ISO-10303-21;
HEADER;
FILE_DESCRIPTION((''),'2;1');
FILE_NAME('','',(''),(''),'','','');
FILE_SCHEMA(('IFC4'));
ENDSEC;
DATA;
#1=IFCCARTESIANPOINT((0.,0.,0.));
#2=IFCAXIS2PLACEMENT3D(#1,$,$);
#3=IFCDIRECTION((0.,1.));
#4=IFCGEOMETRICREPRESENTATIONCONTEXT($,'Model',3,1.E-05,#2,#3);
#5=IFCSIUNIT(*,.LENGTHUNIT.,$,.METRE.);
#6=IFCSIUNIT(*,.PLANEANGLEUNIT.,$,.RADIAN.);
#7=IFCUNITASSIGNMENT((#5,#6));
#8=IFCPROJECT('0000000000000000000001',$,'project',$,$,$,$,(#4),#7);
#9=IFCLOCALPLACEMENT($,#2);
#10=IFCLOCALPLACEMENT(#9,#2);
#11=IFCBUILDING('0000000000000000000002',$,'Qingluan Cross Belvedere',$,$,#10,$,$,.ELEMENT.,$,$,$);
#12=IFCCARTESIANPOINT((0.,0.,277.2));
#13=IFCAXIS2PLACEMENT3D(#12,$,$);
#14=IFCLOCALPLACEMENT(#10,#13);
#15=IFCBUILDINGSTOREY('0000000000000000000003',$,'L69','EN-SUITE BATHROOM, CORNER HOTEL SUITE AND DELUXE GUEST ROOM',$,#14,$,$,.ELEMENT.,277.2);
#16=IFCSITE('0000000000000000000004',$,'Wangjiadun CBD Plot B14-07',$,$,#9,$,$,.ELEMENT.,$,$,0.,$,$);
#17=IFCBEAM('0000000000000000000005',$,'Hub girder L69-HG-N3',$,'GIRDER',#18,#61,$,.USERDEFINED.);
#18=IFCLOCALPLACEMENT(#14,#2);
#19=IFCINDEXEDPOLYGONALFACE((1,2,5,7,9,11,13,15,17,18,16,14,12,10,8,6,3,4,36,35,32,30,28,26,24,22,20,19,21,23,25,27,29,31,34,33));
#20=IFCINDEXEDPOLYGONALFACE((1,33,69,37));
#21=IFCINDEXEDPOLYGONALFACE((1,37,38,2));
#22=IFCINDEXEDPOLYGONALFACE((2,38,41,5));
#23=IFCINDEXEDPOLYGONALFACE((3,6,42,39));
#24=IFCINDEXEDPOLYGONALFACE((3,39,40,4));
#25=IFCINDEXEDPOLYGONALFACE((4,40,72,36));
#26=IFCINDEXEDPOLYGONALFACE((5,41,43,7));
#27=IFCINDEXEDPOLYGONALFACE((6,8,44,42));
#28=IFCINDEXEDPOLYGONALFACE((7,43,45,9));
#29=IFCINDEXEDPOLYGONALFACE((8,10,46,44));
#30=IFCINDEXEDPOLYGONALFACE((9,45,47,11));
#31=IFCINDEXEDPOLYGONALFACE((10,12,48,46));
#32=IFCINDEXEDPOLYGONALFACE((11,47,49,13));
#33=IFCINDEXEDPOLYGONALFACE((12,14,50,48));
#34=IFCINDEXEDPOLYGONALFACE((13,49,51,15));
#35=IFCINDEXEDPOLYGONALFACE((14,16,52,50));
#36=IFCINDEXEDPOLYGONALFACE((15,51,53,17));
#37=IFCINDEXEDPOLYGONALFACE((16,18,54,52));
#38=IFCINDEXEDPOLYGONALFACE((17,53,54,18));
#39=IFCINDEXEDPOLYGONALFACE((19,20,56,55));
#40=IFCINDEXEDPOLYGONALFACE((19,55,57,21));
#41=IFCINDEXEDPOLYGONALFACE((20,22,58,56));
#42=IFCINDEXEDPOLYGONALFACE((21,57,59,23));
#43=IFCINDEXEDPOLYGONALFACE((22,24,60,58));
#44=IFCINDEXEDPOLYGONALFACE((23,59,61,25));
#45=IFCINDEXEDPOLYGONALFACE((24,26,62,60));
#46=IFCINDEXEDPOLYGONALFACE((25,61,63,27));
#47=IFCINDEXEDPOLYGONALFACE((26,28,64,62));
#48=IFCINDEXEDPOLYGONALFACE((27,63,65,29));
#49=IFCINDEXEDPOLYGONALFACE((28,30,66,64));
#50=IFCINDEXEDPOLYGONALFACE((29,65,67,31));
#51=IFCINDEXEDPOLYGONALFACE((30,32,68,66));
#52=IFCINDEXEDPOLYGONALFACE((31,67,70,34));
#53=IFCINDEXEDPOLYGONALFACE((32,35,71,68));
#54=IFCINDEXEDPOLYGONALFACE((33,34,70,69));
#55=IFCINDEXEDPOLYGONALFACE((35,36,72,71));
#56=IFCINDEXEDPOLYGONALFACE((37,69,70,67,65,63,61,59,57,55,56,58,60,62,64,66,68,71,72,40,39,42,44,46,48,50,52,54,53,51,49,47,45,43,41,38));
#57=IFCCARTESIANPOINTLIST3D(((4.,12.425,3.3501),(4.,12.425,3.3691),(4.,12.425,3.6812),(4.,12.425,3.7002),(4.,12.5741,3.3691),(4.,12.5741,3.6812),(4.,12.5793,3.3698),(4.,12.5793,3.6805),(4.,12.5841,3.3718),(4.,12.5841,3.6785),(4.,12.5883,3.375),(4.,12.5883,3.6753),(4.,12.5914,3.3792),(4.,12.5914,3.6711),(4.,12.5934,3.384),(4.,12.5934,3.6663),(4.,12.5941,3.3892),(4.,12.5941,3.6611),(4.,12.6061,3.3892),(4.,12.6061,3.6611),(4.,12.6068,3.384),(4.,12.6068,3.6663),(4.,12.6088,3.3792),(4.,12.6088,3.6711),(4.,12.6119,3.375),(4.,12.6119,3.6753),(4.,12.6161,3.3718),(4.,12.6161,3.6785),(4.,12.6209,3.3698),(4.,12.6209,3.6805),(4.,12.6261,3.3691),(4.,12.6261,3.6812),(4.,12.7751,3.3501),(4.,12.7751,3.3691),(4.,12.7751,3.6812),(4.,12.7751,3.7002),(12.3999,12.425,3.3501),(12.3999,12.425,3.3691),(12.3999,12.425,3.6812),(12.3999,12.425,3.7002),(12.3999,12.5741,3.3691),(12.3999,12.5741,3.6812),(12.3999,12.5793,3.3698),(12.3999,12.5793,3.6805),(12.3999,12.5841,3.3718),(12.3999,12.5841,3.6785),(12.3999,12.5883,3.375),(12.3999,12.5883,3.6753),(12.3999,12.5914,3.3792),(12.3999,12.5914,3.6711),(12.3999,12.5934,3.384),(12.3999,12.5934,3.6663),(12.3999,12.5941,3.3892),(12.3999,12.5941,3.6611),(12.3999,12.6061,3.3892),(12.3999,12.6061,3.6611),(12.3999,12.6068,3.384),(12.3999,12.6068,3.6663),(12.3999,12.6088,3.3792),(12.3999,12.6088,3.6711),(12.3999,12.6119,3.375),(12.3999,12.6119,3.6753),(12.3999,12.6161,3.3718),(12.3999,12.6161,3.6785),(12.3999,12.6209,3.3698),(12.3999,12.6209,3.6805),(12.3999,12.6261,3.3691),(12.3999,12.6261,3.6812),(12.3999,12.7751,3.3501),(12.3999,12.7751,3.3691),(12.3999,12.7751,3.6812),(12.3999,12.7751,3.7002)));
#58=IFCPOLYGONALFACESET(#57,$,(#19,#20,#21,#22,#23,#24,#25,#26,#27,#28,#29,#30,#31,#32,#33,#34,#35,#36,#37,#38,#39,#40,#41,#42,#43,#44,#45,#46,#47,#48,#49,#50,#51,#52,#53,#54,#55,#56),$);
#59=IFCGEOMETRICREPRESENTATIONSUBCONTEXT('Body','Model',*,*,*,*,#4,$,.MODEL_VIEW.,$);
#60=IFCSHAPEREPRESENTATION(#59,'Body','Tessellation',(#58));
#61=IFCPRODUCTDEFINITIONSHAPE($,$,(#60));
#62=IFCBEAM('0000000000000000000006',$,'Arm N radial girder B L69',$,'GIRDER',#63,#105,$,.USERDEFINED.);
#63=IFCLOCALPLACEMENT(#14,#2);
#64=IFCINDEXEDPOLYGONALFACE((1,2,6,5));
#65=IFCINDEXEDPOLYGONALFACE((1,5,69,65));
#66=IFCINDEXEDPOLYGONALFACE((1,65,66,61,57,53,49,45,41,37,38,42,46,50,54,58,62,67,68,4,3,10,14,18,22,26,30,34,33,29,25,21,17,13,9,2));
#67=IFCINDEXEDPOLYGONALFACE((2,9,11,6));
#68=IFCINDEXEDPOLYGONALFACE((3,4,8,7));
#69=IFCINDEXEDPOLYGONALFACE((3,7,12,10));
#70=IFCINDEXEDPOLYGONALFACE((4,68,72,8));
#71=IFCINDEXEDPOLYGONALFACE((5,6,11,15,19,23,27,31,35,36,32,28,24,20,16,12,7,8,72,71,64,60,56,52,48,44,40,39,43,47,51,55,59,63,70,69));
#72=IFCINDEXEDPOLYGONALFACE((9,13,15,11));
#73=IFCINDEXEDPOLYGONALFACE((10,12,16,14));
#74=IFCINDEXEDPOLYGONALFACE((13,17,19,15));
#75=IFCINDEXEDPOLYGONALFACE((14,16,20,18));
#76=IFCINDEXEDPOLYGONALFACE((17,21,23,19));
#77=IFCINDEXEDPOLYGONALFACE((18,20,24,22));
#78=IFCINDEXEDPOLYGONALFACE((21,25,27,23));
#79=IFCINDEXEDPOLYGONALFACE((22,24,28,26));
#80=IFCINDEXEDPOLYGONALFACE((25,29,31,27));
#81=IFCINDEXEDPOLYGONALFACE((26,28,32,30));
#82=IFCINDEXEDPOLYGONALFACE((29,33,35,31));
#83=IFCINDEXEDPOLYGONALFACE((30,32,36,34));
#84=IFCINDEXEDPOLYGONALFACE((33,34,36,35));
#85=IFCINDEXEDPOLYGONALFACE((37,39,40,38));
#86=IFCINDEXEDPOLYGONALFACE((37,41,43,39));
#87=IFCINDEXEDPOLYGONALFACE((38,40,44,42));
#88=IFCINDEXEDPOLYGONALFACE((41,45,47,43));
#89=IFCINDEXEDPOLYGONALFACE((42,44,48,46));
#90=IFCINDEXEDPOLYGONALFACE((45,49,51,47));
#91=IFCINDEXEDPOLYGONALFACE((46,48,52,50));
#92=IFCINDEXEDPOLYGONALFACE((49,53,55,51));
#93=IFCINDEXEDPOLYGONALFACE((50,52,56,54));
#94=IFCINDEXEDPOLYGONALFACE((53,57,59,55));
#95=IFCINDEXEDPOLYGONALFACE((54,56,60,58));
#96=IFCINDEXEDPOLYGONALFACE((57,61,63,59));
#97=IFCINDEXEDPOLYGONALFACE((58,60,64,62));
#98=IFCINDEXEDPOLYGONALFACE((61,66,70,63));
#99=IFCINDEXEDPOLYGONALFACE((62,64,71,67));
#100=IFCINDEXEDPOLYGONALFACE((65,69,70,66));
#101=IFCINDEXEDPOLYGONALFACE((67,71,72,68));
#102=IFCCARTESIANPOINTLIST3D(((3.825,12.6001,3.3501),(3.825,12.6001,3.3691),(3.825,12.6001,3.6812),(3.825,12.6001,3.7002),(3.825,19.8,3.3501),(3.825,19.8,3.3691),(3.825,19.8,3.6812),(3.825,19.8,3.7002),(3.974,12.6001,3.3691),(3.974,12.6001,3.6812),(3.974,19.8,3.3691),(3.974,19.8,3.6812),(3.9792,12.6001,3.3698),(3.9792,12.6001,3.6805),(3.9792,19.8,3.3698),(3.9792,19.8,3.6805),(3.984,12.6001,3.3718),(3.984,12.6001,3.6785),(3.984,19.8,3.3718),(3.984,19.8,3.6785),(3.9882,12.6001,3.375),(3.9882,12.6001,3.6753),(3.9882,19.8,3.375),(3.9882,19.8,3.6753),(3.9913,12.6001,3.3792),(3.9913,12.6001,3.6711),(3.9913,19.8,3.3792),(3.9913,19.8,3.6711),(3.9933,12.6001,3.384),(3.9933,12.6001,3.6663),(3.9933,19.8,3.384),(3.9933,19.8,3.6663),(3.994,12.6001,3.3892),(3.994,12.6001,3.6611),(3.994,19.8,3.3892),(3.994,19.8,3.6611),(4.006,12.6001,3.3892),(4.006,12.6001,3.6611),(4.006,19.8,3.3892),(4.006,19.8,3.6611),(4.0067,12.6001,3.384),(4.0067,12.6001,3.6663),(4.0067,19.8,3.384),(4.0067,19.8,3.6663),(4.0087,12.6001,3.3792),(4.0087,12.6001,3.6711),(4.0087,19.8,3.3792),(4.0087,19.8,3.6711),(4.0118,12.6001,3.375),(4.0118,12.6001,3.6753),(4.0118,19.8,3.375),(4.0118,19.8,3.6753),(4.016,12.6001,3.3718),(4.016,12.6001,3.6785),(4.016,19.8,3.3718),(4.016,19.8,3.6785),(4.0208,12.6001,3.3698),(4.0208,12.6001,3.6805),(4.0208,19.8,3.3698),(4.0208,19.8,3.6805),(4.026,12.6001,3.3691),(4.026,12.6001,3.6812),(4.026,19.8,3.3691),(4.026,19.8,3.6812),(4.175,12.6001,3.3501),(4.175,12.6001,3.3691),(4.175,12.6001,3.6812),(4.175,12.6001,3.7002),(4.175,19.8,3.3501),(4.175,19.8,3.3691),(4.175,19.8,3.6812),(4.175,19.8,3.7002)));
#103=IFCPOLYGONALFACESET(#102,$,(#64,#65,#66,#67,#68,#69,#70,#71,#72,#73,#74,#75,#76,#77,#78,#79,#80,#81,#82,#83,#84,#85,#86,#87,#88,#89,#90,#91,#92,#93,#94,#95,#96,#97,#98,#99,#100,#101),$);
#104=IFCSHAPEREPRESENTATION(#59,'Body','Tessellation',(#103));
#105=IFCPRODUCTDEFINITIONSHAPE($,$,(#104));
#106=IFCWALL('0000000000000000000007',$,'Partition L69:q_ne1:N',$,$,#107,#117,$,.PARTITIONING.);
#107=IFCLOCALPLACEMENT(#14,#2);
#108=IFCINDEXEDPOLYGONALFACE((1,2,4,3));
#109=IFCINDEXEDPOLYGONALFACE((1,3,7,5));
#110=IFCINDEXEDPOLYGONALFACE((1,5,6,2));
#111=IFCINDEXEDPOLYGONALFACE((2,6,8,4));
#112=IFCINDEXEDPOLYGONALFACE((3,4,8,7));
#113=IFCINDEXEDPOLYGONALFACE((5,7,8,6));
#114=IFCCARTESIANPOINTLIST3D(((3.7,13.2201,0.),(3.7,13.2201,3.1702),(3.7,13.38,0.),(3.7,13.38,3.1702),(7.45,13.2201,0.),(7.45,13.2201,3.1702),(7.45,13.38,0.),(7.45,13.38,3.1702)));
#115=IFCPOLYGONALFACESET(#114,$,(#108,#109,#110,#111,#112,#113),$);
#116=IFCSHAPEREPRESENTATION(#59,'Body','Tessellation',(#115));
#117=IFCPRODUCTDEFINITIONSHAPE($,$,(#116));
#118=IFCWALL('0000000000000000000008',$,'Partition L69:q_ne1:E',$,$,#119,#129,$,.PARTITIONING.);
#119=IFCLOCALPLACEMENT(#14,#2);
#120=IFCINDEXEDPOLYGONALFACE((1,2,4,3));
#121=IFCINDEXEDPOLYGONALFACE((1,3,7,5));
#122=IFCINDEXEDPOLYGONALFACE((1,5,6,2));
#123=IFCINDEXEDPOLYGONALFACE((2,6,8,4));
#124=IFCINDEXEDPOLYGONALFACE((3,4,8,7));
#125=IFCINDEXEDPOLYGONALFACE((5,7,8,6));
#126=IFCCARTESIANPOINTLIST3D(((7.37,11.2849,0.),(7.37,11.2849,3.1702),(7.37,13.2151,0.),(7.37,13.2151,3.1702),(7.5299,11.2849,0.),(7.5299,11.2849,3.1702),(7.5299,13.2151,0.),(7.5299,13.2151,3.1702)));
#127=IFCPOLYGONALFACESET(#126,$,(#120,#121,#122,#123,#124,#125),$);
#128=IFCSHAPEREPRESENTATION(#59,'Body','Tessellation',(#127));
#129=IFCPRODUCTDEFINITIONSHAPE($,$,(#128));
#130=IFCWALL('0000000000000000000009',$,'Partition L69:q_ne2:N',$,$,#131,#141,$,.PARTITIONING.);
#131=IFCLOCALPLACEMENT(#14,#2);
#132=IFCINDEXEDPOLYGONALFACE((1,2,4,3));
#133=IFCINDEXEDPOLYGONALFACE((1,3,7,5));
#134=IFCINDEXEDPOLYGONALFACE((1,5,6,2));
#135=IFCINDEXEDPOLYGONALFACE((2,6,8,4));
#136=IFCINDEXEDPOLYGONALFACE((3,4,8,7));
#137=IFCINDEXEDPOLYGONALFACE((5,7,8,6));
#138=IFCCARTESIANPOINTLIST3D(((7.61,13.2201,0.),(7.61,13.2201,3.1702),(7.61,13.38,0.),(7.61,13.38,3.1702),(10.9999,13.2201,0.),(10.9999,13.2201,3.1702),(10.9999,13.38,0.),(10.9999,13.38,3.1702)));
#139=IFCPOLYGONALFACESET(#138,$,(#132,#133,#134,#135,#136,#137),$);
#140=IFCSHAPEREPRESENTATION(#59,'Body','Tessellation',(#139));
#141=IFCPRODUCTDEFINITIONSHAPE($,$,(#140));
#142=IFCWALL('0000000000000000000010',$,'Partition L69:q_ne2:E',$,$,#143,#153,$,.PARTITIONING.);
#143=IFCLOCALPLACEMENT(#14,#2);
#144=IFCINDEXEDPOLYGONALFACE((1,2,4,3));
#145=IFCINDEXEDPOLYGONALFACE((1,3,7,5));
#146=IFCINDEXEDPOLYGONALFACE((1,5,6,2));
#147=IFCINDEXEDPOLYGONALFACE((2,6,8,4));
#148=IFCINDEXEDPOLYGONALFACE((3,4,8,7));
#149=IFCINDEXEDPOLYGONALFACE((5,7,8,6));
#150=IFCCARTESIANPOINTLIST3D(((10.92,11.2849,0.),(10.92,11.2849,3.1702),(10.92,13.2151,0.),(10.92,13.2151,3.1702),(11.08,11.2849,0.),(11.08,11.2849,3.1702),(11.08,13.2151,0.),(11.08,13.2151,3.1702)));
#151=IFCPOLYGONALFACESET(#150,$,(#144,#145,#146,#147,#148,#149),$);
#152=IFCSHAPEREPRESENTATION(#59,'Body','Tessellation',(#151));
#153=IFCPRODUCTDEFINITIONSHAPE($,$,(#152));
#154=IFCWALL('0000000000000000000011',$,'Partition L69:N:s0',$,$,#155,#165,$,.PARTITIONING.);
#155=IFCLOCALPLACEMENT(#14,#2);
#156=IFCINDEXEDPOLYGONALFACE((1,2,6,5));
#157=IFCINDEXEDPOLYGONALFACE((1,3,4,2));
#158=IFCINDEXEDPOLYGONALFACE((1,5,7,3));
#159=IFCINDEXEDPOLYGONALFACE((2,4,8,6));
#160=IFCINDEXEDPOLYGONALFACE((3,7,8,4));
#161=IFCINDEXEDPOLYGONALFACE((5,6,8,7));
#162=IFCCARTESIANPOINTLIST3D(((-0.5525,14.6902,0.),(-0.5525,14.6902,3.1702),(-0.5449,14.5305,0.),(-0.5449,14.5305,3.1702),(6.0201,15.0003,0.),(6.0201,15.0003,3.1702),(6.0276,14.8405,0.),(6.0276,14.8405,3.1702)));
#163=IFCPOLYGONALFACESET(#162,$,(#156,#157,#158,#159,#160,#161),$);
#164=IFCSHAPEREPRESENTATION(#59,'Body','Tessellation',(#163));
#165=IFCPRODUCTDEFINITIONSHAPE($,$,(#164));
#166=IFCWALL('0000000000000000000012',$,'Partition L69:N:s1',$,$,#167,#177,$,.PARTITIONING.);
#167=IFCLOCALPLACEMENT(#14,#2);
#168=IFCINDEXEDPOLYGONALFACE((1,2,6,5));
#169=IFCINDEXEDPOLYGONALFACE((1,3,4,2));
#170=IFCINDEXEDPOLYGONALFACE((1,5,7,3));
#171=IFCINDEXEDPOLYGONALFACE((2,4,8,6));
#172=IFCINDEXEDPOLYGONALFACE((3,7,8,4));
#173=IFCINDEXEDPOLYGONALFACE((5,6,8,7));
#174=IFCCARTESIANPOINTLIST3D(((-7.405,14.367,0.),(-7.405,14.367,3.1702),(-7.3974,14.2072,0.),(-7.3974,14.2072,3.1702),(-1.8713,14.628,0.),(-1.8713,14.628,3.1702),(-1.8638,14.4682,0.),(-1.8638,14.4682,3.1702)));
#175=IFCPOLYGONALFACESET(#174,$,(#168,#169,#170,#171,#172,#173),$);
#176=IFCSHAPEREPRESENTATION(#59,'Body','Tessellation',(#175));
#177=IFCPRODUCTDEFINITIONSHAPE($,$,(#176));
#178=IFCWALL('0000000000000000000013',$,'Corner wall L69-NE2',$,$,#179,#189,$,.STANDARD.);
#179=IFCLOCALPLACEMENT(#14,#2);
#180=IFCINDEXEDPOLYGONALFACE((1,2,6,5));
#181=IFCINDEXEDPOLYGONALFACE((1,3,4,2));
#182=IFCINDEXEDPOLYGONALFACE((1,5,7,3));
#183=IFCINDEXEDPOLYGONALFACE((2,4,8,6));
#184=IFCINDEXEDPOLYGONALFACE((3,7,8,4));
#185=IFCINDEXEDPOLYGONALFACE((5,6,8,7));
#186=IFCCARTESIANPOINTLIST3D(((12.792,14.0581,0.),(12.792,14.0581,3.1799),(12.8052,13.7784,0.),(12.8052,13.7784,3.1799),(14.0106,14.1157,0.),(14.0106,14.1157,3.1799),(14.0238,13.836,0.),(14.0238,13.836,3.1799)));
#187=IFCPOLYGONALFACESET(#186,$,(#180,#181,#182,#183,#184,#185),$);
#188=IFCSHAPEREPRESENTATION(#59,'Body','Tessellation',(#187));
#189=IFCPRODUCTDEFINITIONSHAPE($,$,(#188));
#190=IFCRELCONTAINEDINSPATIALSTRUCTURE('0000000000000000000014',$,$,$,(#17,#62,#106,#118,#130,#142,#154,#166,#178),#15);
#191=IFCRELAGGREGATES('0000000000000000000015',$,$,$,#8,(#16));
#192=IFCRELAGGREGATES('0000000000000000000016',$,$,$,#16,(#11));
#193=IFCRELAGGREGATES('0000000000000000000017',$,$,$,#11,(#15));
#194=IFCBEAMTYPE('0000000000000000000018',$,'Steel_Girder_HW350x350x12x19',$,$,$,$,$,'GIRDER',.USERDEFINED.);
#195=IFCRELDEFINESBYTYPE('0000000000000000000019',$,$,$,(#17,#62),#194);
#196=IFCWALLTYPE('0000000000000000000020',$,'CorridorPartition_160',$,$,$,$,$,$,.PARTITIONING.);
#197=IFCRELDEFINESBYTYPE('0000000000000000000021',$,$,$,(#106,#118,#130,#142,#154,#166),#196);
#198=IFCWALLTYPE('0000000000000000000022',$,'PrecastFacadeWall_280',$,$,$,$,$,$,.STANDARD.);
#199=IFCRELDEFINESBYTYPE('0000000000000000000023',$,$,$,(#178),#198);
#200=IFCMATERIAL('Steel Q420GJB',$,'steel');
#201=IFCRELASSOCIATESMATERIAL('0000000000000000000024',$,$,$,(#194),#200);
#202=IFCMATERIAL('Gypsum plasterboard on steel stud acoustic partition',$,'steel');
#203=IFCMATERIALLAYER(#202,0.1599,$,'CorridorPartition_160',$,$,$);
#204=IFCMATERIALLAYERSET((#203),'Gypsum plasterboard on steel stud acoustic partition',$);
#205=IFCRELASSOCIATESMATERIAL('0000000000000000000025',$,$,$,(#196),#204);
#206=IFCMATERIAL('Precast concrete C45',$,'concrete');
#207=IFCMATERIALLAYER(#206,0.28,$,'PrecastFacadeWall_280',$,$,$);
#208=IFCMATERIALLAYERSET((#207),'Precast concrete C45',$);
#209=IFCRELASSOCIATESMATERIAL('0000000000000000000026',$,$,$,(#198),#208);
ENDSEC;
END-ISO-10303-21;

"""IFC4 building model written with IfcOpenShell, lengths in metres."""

from ifc_helpers import new_model, si_unit, direction, frame, frame_2d, origin, origin_2d, place, context, subcontext, project, spatial, rectangle, i_section, extrude, material, layer, layer_set, material_profile, profile_set, type_object, element, save


model = new_model("IFC4")

# Units and contexts
model_context = context("Model", 3, precision=1e-05, world=origin(), true_north=direction((0.0, 1.0)))
body_context = subcontext(model_context, "Body", "Model", "MODEL_VIEW")
ifc_project = project(units=[si_unit("LENGTHUNIT", "METRE"), si_unit("PLANEANGLEUNIT", "RADIAN")], contexts=[model_context])

# Site, building, storey
site_placement = place(None, origin())
site = spatial("IfcSite", under=ifc_project, at=site_placement, Name="Wangjiadun CBD Plot B14-07", CompositionType="ELEMENT", RefElevation=0.0)
building_placement = place(site_placement, origin())
building = spatial("IfcBuilding", under=site, at=building_placement, Name="Qingluan Cross Belvedere", CompositionType="ELEMENT")
storey_placement = place(building_placement, frame((0.0, 0.0, 277.2)))
storey = spatial("IfcBuildingStorey", under=building, at=storey_placement, Name="L69", Description="EN-SUITE BATHROOM, CORNER HOTEL SUITE AND DELUXE GUEST ROOM", CompositionType="ELEMENT", Elevation=277.2)

# Beams
ifc_material_1 = material(Name="Steel Q420GJB", Category="steel")
ifc_material_profile_1 = material_profile(ifc_material_1, i_section(OverallWidth=0.3501, OverallDepth=0.3501, WebThickness=0.012, FlangeThickness=0.019, FilletRadius=0.02, at=origin_2d()), Name="HW350x350x12x19")
ifc_profile_set_1 = profile_set([ifc_material_profile_1], Name="Steel Q420GJB")
beam_type_1 = type_object("IfcBeamType", Name="Steel_Girder_HW350x350x12x19", ElementType="GIRDER", PredefinedType="USERDEFINED", material=ifc_profile_set_1)
beam_1_placement = place(storey_placement, frame((4.0, 12.6001, 3.5251), z_axis=(1.0, 0.0, 0.0), x_axis=(0.0, 1.0, 0.0)))
element("IfcBeam", 1, at=beam_1_placement, inside=storey, type_object=beam_type_1, Name="Hub girder L69-HG-N3", ObjectType="GIRDER", PredefinedType="USERDEFINED", context=body_context, shape_type="SweptSolid", body=[
    extrude(i_section(OverallWidth=0.3501, OverallDepth=0.3501, WebThickness=0.012, FlangeThickness=0.019, FilletRadius=0.02, at=origin_2d()), origin(), (0.0, 0.0, 1.0), 8.3999),
])
beam_2_placement = place(storey_placement, frame((4.0, 12.6001, 3.5251), z_axis=(0.0, 1.0, 0.0), x_axis=(-1.0, 0.0, 0.0)))
element("IfcBeam", 2, at=beam_2_placement, inside=storey, type_object=beam_type_1, Name="Arm N radial girder B L69", ObjectType="GIRDER", PredefinedType="USERDEFINED", context=body_context, shape_type="SweptSolid", body=[
    extrude(i_section(OverallWidth=0.3501, OverallDepth=0.3501, WebThickness=0.012, FlangeThickness=0.019, FilletRadius=0.02, at=origin_2d()), origin(), (0.0, 0.0, 1.0), 7.2),
])

# Walls
ifc_material_2 = material(Name="Gypsum plasterboard on steel stud acoustic partition", Category="steel")
ifc_layer_1 = layer(ifc_material_2, 0.1599, Name="CorridorPartition_160")
ifc_layer_set_1 = layer_set([ifc_layer_1], Name="Gypsum plasterboard on steel stud acoustic partition")
wall_type_1 = type_object("IfcWallType", Name="CorridorPartition_160", PredefinedType="PARTITIONING", material=ifc_layer_set_1)
wall_1_placement = place(storey_placement, frame((3.7, 13.3, 0.0), z_axis=(0.0, 0.0, 1.0), x_axis=(1.0, 0.0, 0.0)))
element("IfcWall", 3, at=wall_1_placement, inside=storey, type_object=wall_type_1, Name="Partition L69:q_ne1:N", PredefinedType="PARTITIONING", context=body_context, shape_type="SweptSolid", body=[
    extrude(rectangle(XDim=3.75, YDim=0.1599, at=frame_2d((1.875, 0.0))), origin(), (0.0, 0.0, 1.0), 3.1702),
])
wall_2_placement = place(storey_placement, frame((7.45, 11.2849, 0.0), z_axis=(0.0, 0.0, 1.0), x_axis=(0.0, 1.0, 0.0)))
element("IfcWall", 4, at=wall_2_placement, inside=storey, type_object=wall_type_1, Name="Partition L69:q_ne1:E", PredefinedType="PARTITIONING", context=body_context, shape_type="SweptSolid", body=[
    extrude(rectangle(XDim=1.9302, YDim=0.1599, at=frame_2d((0.9651, 0.0))), origin(), (0.0, 0.0, 1.0), 3.1702),
])
wall_3_placement = place(storey_placement, frame((7.6101, 13.3, 0.0), z_axis=(0.0, 0.0, 1.0), x_axis=(1.0, 0.0, 0.0)))
element("IfcWall", 5, at=wall_3_placement, inside=storey, type_object=wall_type_1, Name="Partition L69:q_ne2:N", PredefinedType="PARTITIONING", context=body_context, shape_type="SweptSolid", body=[
    extrude(rectangle(XDim=3.3899, YDim=0.1599, at=frame_2d((1.6948, 0.0))), origin(), (0.0, 0.0, 1.0), 3.1702),
])
wall_4_placement = place(storey_placement, frame((11.0, 11.2849, 0.0), z_axis=(0.0, 0.0, 1.0), x_axis=(0.0, 1.0, 0.0)))
element("IfcWall", 6, at=wall_4_placement, inside=storey, type_object=wall_type_1, Name="Partition L69:q_ne2:E", PredefinedType="PARTITIONING", context=body_context, shape_type="SweptSolid", body=[
    extrude(rectangle(XDim=1.9302, YDim=0.1599, at=frame_2d((0.9651, 0.0))), origin(), (0.0, 0.0, 1.0), 3.1702),
])

# Wall
wall_5_placement = place(storey_placement, frame((-0.5488, 14.6104, 0.0), z_axis=(0.0, 0.0, 1.0), x_axis=(0.998889, 0.047123, 0.0)))
element("IfcWall", 7, at=wall_5_placement, inside=storey, type_object=wall_type_1, Name="Partition L69:N:s0", PredefinedType="PARTITIONING", context=body_context, shape_type="SweptSolid", body=[
    extrude(rectangle(XDim=6.5798, YDim=0.1599, at=frame_2d((3.29, 0.0))), origin(), (0.0, 0.0, 1.0), 3.1702),
])

# Walls
wall_6_placement = place(storey_placement, frame((-1.8674, 14.5481, 0.0), z_axis=(0.0, 0.0, 1.0), x_axis=(-0.99889, -0.047111, 0.0)))
element("IfcWall", 8, at=wall_6_placement, inside=storey, type_object=wall_type_1, Name="Partition L69:N:s1", PredefinedType="PARTITIONING", context=body_context, shape_type="SweptSolid", body=[
    extrude(rectangle(XDim=5.5398, YDim=0.1599, at=frame_2d((2.77, 0.0))), origin(), (0.0, 0.0, 1.0), 3.1702),
])
ifc_material_3 = material(Name="Precast concrete C45", Category="concrete")
ifc_layer_2 = layer(ifc_material_3, 0.28, Name="PrecastFacadeWall_280")
ifc_layer_set_2 = layer_set([ifc_layer_2], Name="Precast concrete C45")
wall_type_2 = type_object("IfcWallType", Name="PrecastFacadeWall_280", PredefinedType="STANDARD", material=ifc_layer_set_2)
wall_7_placement = place(storey_placement, frame((14.0171, 13.9758, 0.0), z_axis=(0.0, 0.0, 1.0), x_axis=(-0.998884, -0.047232, 0.0)))
element("IfcWall", 9, at=wall_7_placement, inside=storey, type_object=wall_type_2, Name="Corner wall L69-NE2", PredefinedType="STANDARD", context=body_context, shape_type="SweptSolid", body=[
    extrude(rectangle(XDim=1.22, YDim=0.28, at=frame_2d((0.6099, 0.0))), origin(), (0.0, 0.0, 1.0), 3.1799),
])

save(model, "model.ifc")
